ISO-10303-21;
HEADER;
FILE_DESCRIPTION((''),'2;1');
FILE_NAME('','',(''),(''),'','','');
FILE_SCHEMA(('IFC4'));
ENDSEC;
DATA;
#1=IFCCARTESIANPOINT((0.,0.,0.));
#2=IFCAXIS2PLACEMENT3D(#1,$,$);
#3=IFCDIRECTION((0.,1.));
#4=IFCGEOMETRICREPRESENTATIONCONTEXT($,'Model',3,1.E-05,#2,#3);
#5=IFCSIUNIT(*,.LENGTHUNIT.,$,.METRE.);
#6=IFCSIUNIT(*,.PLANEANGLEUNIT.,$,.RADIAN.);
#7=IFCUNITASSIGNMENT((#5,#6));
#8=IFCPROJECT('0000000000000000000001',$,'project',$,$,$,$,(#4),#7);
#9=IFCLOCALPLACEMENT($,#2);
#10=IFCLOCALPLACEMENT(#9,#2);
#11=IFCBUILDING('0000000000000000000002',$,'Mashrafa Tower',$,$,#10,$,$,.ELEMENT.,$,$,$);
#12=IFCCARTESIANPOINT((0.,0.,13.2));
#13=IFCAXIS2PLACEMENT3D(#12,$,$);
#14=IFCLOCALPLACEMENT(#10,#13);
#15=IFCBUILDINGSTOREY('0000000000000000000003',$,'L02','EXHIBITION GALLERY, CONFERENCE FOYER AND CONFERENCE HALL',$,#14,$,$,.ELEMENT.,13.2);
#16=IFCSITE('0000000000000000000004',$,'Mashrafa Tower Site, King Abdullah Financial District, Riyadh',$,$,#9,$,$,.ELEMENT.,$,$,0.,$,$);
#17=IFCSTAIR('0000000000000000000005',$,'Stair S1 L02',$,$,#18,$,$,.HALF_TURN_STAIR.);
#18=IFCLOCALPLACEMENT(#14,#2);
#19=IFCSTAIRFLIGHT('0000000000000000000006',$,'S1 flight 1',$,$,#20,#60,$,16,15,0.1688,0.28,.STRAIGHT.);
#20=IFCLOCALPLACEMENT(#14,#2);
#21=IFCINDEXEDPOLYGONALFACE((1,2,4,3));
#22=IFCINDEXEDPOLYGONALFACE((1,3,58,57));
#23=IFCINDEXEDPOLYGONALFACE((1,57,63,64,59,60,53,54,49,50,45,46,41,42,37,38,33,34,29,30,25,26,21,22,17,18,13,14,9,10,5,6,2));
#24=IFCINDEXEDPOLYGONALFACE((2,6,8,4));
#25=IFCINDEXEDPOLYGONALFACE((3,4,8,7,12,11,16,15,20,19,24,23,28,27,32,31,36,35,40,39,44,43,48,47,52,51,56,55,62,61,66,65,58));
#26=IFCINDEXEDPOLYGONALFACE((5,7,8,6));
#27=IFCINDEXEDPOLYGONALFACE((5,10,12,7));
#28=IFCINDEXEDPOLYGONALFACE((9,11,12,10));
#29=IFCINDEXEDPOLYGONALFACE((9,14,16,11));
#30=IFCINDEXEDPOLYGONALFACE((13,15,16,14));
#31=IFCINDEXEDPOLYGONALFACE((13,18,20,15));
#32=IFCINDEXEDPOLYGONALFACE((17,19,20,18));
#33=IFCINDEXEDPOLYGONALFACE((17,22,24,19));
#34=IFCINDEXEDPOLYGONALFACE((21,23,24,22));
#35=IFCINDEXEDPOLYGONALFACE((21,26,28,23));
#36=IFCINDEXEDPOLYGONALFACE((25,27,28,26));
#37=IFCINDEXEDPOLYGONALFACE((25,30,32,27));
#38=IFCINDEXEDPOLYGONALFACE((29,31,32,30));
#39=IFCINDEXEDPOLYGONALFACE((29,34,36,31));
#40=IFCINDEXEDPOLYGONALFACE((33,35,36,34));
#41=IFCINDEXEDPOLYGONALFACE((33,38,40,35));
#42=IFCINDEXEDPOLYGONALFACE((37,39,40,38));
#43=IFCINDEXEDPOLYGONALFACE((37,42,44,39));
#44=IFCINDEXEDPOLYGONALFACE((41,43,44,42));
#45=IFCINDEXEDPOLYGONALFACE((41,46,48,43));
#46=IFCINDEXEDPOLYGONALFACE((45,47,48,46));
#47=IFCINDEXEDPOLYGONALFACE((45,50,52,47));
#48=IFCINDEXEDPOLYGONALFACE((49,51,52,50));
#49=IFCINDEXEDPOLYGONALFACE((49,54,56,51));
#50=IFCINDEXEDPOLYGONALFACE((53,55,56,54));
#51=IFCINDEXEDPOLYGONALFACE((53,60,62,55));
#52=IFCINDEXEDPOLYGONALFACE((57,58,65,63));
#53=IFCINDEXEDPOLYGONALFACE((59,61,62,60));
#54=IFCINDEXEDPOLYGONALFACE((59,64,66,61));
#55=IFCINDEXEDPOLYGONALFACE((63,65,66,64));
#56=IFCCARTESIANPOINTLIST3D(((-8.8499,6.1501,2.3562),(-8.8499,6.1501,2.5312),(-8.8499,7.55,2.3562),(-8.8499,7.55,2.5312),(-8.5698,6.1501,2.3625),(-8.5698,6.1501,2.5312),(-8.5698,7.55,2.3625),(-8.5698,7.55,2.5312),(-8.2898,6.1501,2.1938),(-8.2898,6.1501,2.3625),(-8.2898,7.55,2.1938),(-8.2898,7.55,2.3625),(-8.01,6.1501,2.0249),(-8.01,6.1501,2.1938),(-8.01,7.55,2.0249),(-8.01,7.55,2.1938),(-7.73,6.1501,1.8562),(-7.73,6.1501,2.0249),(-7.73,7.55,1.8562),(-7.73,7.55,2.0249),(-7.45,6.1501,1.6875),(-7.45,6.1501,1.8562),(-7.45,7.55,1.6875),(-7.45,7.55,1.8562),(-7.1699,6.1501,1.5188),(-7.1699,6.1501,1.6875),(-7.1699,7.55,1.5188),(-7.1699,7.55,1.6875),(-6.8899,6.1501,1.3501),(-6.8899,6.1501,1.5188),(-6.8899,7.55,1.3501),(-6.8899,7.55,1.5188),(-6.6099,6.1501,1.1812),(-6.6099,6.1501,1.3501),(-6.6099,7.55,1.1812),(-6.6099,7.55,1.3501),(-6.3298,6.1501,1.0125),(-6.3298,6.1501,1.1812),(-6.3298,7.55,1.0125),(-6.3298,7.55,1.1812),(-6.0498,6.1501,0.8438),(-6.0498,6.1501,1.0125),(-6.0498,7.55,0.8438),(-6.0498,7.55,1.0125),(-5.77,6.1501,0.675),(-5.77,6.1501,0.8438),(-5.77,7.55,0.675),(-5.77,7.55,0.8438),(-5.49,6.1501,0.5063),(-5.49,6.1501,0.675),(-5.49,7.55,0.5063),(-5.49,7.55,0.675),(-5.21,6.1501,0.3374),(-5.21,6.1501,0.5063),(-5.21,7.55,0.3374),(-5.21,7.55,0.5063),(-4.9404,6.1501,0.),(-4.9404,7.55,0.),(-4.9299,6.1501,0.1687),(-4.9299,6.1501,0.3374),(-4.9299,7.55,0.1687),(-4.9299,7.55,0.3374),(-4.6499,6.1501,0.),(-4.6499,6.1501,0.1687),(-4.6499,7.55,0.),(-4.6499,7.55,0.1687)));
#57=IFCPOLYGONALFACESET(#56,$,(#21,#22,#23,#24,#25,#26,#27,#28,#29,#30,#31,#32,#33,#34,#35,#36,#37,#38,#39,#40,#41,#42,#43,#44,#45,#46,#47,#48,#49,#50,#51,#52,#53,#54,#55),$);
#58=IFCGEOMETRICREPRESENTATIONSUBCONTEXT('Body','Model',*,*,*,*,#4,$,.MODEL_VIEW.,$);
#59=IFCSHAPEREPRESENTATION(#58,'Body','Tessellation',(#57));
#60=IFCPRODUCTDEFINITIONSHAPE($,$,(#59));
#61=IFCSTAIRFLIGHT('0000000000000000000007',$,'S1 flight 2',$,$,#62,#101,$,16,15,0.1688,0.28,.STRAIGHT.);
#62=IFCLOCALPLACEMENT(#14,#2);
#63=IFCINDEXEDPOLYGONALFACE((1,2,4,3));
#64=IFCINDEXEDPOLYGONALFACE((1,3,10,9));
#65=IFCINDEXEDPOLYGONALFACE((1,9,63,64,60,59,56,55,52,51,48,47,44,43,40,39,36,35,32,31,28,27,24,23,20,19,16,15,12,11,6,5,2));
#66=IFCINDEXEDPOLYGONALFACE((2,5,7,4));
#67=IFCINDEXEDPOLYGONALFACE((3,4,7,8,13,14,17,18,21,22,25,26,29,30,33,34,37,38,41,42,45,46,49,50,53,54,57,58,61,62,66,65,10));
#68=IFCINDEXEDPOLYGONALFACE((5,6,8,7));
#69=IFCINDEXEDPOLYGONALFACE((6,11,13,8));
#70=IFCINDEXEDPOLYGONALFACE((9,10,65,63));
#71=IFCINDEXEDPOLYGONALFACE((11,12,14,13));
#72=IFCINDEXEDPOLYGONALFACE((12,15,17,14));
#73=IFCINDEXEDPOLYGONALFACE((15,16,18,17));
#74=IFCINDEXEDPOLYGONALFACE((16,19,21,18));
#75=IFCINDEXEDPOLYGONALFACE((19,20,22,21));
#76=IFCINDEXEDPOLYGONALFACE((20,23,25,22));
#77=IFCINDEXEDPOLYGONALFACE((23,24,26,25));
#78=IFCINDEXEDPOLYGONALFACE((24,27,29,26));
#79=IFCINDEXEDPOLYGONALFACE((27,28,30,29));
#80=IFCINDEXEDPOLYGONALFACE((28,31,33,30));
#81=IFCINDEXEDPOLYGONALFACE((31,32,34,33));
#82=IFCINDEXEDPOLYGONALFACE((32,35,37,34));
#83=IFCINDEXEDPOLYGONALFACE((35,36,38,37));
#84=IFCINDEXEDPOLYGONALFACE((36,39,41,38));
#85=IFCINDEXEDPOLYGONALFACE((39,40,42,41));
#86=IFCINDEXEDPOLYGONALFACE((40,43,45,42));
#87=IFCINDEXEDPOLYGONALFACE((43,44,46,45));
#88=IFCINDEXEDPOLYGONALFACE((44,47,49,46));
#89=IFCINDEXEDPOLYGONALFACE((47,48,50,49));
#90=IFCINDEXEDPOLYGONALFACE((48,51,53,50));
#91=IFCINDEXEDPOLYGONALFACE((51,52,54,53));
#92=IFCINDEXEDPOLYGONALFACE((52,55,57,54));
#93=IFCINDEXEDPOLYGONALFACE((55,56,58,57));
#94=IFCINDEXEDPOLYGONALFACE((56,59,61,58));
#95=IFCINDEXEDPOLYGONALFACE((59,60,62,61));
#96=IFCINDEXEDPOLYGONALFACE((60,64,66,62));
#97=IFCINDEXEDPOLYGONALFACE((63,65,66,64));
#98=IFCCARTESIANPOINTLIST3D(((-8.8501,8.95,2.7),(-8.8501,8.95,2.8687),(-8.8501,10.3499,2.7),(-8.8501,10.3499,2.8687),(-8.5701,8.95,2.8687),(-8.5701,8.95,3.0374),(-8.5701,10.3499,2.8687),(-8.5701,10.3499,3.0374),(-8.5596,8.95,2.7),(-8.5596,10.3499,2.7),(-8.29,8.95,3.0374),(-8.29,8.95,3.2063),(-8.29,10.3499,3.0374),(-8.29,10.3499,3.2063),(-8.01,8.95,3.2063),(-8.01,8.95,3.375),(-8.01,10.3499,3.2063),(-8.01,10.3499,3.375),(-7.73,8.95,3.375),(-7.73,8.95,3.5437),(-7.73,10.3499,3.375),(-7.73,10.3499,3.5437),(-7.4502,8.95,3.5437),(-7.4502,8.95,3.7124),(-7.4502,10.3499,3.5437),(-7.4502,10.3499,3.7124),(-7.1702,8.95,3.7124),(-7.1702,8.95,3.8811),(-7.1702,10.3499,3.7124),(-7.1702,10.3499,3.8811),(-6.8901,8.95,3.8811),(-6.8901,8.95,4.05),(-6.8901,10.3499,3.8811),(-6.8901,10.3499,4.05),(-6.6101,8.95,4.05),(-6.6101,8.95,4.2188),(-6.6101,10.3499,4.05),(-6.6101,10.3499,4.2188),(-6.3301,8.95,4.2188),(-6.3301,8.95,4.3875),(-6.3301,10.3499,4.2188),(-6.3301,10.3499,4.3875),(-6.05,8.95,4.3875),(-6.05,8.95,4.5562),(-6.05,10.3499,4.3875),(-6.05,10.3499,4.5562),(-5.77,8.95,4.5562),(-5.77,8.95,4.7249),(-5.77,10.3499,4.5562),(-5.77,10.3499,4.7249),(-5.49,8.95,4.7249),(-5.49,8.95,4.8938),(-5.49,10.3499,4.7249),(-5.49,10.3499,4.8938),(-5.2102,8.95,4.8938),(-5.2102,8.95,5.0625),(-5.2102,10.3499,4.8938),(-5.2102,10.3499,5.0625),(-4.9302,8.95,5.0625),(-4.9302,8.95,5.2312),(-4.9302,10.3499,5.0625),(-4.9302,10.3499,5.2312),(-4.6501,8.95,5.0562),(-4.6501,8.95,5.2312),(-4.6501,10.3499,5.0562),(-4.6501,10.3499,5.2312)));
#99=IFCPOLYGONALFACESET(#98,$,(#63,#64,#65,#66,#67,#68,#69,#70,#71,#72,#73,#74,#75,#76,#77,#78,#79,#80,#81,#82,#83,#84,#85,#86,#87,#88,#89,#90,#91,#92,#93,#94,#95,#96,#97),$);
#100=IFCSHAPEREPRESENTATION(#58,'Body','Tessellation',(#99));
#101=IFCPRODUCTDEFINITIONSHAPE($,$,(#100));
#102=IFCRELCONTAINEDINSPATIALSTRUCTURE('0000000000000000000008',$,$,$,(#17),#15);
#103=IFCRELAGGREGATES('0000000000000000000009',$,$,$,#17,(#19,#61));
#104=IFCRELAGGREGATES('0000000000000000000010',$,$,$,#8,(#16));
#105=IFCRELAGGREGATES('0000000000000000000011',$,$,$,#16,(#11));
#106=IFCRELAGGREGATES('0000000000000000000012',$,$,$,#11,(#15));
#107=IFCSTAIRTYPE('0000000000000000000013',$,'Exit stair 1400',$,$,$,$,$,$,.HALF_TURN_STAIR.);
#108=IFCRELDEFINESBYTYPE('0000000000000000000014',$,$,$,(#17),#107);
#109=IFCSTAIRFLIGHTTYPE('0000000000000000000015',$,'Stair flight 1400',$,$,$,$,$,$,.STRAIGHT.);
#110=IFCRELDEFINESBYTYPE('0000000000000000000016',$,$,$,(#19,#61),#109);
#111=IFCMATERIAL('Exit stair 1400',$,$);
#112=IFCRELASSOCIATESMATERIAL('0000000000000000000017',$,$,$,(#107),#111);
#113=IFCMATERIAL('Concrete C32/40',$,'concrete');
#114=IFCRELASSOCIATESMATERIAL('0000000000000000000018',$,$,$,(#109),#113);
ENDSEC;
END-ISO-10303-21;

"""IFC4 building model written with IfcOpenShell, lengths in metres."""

from ifc_helpers import new_model, si_unit, direction, frame, origin, place, context, subcontext, project, spatial, polyline, outline, extrude, material, type_object, element, aggregate, save


model = new_model("IFC4")

# Units and contexts
model_context = context("Model", 3, precision=1e-05, world=origin(), true_north=direction((0.0, 1.0)))
body_context = subcontext(model_context, "Body", "Model", "MODEL_VIEW")
ifc_project = project(units=[si_unit("LENGTHUNIT", "METRE"), si_unit("PLANEANGLEUNIT", "RADIAN")], contexts=[model_context])

# Site, building, storey
site_placement = place(None, origin())
site = spatial("IfcSite", under=ifc_project, at=site_placement, Name="Mashrafa Tower Site, King Abdullah Financial District, Riyadh", CompositionType="ELEMENT", RefElevation=0.0)
building_placement = place(site_placement, origin())
building = spatial("IfcBuilding", under=site, at=building_placement, Name="Mashrafa Tower", CompositionType="ELEMENT")
storey_placement = place(building_placement, frame((0.0, 0.0, 13.2)))
storey = spatial("IfcBuildingStorey", under=building, at=storey_placement, Name="L02", Description="EXHIBITION GALLERY, CONFERENCE FOYER AND CONFERENCE HALL", CompositionType="ELEMENT", Elevation=13.2)

# Stair, stair flights
ifc_material_1 = material(Name="Exit stair 1400")
stair_type = type_object("IfcStairType", Name="Exit stair 1400", PredefinedType="HALF_TURN_STAIR", material=ifc_material_1)
stair_placement = place(storey_placement, origin())
stair = element("IfcStair", 1, at=stair_placement, inside=storey, type_object=stair_type, Name="Stair S1 L02", PredefinedType="HALF_TURN_STAIR")
ifc_material_2 = material(Name="Concrete C32/40", Category="concrete")
stair_flight_type = type_object("IfcStairFlightType", Name="Stair flight 1400", PredefinedType="STRAIGHT", material=ifc_material_2)
stair_flight_1_placement = place(storey_placement, frame((-4.6499, 6.8501, 0.0), z_axis=(0.0, 0.0, 1.0), x_axis=(-1.0, 0.0, 0.0)))
stair_flight_1 = element("IfcStairFlight", 2, at=stair_flight_1_placement, type_object=stair_flight_type, Name="S1 flight 1", NumberOfRisers=16, NumberOfTreads=15, PredefinedType="STRAIGHT", RiserHeight=0.1688, TreadLength=0.28, context=body_context, shape_type="SweptSolid", body=[
    extrude(outline(polyline([(0.0, 0.0), (0.0, 0.1687), (0.28, 0.1687), (0.28, 0.3374), (0.5601, 0.3374), (0.5601, 0.5063), (0.8401, 0.5063), (0.8401, 0.675), (1.1201, 0.675), (1.1201, 0.8438), (1.3999, 0.8438), (1.3999, 1.0125), (1.6799, 1.0125), (1.6799, 1.1812), (1.96, 1.1812), (1.96, 1.3501), (2.24, 1.3501), (2.24, 1.5188), (2.52, 1.5188), (2.52, 1.6875), (2.8, 1.6875), (2.8, 1.8562), (3.0801, 1.8562), (3.0801, 2.0249), (3.3601, 2.0249), (3.3601, 2.1938), (3.6399, 2.1938), (3.6399, 2.3625), (3.9199, 2.3625), (3.9199, 2.5312), (4.2, 2.5312), (4.2, 2.7), (4.2, 2.3562), (0.2905, 0.0), (0.0, 0.0)])), frame((0.0, 0.7, 0.0), z_axis=(0.0, -1.0, 0.0), x_axis=(1.0, 0.0, 0.0)), (0.0, 0.0, 1.0), 1.3999),
])
stair_flight_2_placement = place(storey_placement, frame((-8.8501, 9.6499, 2.7), z_axis=(0.0, 0.0, 1.0), x_axis=(1.0, 0.0, 0.0)))
stair_flight_2 = element("IfcStairFlight", 3, at=stair_flight_2_placement, type_object=stair_flight_type, Name="S1 flight 2", NumberOfRisers=16, NumberOfTreads=15, PredefinedType="STRAIGHT", RiserHeight=0.1688, TreadLength=0.28, context=body_context, shape_type="SweptSolid", body=[
    extrude(outline(polyline([(0.0, 0.0), (0.0, 0.1687), (0.28, 0.1687), (0.28, 0.3374), (0.5601, 0.3374), (0.5601, 0.5063), (0.8401, 0.5063), (0.8401, 0.675), (1.1201, 0.675), (1.1201, 0.8438), (1.3999, 0.8438), (1.3999, 1.0125), (1.6799, 1.0125), (1.6799, 1.1812), (1.96, 1.1812), (1.96, 1.3501), (2.24, 1.3501), (2.24, 1.5188), (2.52, 1.5188), (2.52, 1.6875), (2.8, 1.6875), (2.8, 1.8562), (3.0801, 1.8562), (3.0801, 2.0249), (3.3601, 2.0249), (3.3601, 2.1938), (3.6399, 2.1938), (3.6399, 2.3625), (3.9199, 2.3625), (3.9199, 2.5312), (4.2, 2.5312), (4.2, 2.7), (4.2, 2.3562), (0.2905, 0.0), (0.0, 0.0)])), frame((0.0, 0.7, 0.0), z_axis=(0.0, -1.0, 0.0), x_axis=(1.0, 0.0, 0.0)), (0.0, 0.0, 1.0), 1.3999),
])
aggregate(stair, [stair_flight_1, stair_flight_2])

save(model, "model.ifc")
